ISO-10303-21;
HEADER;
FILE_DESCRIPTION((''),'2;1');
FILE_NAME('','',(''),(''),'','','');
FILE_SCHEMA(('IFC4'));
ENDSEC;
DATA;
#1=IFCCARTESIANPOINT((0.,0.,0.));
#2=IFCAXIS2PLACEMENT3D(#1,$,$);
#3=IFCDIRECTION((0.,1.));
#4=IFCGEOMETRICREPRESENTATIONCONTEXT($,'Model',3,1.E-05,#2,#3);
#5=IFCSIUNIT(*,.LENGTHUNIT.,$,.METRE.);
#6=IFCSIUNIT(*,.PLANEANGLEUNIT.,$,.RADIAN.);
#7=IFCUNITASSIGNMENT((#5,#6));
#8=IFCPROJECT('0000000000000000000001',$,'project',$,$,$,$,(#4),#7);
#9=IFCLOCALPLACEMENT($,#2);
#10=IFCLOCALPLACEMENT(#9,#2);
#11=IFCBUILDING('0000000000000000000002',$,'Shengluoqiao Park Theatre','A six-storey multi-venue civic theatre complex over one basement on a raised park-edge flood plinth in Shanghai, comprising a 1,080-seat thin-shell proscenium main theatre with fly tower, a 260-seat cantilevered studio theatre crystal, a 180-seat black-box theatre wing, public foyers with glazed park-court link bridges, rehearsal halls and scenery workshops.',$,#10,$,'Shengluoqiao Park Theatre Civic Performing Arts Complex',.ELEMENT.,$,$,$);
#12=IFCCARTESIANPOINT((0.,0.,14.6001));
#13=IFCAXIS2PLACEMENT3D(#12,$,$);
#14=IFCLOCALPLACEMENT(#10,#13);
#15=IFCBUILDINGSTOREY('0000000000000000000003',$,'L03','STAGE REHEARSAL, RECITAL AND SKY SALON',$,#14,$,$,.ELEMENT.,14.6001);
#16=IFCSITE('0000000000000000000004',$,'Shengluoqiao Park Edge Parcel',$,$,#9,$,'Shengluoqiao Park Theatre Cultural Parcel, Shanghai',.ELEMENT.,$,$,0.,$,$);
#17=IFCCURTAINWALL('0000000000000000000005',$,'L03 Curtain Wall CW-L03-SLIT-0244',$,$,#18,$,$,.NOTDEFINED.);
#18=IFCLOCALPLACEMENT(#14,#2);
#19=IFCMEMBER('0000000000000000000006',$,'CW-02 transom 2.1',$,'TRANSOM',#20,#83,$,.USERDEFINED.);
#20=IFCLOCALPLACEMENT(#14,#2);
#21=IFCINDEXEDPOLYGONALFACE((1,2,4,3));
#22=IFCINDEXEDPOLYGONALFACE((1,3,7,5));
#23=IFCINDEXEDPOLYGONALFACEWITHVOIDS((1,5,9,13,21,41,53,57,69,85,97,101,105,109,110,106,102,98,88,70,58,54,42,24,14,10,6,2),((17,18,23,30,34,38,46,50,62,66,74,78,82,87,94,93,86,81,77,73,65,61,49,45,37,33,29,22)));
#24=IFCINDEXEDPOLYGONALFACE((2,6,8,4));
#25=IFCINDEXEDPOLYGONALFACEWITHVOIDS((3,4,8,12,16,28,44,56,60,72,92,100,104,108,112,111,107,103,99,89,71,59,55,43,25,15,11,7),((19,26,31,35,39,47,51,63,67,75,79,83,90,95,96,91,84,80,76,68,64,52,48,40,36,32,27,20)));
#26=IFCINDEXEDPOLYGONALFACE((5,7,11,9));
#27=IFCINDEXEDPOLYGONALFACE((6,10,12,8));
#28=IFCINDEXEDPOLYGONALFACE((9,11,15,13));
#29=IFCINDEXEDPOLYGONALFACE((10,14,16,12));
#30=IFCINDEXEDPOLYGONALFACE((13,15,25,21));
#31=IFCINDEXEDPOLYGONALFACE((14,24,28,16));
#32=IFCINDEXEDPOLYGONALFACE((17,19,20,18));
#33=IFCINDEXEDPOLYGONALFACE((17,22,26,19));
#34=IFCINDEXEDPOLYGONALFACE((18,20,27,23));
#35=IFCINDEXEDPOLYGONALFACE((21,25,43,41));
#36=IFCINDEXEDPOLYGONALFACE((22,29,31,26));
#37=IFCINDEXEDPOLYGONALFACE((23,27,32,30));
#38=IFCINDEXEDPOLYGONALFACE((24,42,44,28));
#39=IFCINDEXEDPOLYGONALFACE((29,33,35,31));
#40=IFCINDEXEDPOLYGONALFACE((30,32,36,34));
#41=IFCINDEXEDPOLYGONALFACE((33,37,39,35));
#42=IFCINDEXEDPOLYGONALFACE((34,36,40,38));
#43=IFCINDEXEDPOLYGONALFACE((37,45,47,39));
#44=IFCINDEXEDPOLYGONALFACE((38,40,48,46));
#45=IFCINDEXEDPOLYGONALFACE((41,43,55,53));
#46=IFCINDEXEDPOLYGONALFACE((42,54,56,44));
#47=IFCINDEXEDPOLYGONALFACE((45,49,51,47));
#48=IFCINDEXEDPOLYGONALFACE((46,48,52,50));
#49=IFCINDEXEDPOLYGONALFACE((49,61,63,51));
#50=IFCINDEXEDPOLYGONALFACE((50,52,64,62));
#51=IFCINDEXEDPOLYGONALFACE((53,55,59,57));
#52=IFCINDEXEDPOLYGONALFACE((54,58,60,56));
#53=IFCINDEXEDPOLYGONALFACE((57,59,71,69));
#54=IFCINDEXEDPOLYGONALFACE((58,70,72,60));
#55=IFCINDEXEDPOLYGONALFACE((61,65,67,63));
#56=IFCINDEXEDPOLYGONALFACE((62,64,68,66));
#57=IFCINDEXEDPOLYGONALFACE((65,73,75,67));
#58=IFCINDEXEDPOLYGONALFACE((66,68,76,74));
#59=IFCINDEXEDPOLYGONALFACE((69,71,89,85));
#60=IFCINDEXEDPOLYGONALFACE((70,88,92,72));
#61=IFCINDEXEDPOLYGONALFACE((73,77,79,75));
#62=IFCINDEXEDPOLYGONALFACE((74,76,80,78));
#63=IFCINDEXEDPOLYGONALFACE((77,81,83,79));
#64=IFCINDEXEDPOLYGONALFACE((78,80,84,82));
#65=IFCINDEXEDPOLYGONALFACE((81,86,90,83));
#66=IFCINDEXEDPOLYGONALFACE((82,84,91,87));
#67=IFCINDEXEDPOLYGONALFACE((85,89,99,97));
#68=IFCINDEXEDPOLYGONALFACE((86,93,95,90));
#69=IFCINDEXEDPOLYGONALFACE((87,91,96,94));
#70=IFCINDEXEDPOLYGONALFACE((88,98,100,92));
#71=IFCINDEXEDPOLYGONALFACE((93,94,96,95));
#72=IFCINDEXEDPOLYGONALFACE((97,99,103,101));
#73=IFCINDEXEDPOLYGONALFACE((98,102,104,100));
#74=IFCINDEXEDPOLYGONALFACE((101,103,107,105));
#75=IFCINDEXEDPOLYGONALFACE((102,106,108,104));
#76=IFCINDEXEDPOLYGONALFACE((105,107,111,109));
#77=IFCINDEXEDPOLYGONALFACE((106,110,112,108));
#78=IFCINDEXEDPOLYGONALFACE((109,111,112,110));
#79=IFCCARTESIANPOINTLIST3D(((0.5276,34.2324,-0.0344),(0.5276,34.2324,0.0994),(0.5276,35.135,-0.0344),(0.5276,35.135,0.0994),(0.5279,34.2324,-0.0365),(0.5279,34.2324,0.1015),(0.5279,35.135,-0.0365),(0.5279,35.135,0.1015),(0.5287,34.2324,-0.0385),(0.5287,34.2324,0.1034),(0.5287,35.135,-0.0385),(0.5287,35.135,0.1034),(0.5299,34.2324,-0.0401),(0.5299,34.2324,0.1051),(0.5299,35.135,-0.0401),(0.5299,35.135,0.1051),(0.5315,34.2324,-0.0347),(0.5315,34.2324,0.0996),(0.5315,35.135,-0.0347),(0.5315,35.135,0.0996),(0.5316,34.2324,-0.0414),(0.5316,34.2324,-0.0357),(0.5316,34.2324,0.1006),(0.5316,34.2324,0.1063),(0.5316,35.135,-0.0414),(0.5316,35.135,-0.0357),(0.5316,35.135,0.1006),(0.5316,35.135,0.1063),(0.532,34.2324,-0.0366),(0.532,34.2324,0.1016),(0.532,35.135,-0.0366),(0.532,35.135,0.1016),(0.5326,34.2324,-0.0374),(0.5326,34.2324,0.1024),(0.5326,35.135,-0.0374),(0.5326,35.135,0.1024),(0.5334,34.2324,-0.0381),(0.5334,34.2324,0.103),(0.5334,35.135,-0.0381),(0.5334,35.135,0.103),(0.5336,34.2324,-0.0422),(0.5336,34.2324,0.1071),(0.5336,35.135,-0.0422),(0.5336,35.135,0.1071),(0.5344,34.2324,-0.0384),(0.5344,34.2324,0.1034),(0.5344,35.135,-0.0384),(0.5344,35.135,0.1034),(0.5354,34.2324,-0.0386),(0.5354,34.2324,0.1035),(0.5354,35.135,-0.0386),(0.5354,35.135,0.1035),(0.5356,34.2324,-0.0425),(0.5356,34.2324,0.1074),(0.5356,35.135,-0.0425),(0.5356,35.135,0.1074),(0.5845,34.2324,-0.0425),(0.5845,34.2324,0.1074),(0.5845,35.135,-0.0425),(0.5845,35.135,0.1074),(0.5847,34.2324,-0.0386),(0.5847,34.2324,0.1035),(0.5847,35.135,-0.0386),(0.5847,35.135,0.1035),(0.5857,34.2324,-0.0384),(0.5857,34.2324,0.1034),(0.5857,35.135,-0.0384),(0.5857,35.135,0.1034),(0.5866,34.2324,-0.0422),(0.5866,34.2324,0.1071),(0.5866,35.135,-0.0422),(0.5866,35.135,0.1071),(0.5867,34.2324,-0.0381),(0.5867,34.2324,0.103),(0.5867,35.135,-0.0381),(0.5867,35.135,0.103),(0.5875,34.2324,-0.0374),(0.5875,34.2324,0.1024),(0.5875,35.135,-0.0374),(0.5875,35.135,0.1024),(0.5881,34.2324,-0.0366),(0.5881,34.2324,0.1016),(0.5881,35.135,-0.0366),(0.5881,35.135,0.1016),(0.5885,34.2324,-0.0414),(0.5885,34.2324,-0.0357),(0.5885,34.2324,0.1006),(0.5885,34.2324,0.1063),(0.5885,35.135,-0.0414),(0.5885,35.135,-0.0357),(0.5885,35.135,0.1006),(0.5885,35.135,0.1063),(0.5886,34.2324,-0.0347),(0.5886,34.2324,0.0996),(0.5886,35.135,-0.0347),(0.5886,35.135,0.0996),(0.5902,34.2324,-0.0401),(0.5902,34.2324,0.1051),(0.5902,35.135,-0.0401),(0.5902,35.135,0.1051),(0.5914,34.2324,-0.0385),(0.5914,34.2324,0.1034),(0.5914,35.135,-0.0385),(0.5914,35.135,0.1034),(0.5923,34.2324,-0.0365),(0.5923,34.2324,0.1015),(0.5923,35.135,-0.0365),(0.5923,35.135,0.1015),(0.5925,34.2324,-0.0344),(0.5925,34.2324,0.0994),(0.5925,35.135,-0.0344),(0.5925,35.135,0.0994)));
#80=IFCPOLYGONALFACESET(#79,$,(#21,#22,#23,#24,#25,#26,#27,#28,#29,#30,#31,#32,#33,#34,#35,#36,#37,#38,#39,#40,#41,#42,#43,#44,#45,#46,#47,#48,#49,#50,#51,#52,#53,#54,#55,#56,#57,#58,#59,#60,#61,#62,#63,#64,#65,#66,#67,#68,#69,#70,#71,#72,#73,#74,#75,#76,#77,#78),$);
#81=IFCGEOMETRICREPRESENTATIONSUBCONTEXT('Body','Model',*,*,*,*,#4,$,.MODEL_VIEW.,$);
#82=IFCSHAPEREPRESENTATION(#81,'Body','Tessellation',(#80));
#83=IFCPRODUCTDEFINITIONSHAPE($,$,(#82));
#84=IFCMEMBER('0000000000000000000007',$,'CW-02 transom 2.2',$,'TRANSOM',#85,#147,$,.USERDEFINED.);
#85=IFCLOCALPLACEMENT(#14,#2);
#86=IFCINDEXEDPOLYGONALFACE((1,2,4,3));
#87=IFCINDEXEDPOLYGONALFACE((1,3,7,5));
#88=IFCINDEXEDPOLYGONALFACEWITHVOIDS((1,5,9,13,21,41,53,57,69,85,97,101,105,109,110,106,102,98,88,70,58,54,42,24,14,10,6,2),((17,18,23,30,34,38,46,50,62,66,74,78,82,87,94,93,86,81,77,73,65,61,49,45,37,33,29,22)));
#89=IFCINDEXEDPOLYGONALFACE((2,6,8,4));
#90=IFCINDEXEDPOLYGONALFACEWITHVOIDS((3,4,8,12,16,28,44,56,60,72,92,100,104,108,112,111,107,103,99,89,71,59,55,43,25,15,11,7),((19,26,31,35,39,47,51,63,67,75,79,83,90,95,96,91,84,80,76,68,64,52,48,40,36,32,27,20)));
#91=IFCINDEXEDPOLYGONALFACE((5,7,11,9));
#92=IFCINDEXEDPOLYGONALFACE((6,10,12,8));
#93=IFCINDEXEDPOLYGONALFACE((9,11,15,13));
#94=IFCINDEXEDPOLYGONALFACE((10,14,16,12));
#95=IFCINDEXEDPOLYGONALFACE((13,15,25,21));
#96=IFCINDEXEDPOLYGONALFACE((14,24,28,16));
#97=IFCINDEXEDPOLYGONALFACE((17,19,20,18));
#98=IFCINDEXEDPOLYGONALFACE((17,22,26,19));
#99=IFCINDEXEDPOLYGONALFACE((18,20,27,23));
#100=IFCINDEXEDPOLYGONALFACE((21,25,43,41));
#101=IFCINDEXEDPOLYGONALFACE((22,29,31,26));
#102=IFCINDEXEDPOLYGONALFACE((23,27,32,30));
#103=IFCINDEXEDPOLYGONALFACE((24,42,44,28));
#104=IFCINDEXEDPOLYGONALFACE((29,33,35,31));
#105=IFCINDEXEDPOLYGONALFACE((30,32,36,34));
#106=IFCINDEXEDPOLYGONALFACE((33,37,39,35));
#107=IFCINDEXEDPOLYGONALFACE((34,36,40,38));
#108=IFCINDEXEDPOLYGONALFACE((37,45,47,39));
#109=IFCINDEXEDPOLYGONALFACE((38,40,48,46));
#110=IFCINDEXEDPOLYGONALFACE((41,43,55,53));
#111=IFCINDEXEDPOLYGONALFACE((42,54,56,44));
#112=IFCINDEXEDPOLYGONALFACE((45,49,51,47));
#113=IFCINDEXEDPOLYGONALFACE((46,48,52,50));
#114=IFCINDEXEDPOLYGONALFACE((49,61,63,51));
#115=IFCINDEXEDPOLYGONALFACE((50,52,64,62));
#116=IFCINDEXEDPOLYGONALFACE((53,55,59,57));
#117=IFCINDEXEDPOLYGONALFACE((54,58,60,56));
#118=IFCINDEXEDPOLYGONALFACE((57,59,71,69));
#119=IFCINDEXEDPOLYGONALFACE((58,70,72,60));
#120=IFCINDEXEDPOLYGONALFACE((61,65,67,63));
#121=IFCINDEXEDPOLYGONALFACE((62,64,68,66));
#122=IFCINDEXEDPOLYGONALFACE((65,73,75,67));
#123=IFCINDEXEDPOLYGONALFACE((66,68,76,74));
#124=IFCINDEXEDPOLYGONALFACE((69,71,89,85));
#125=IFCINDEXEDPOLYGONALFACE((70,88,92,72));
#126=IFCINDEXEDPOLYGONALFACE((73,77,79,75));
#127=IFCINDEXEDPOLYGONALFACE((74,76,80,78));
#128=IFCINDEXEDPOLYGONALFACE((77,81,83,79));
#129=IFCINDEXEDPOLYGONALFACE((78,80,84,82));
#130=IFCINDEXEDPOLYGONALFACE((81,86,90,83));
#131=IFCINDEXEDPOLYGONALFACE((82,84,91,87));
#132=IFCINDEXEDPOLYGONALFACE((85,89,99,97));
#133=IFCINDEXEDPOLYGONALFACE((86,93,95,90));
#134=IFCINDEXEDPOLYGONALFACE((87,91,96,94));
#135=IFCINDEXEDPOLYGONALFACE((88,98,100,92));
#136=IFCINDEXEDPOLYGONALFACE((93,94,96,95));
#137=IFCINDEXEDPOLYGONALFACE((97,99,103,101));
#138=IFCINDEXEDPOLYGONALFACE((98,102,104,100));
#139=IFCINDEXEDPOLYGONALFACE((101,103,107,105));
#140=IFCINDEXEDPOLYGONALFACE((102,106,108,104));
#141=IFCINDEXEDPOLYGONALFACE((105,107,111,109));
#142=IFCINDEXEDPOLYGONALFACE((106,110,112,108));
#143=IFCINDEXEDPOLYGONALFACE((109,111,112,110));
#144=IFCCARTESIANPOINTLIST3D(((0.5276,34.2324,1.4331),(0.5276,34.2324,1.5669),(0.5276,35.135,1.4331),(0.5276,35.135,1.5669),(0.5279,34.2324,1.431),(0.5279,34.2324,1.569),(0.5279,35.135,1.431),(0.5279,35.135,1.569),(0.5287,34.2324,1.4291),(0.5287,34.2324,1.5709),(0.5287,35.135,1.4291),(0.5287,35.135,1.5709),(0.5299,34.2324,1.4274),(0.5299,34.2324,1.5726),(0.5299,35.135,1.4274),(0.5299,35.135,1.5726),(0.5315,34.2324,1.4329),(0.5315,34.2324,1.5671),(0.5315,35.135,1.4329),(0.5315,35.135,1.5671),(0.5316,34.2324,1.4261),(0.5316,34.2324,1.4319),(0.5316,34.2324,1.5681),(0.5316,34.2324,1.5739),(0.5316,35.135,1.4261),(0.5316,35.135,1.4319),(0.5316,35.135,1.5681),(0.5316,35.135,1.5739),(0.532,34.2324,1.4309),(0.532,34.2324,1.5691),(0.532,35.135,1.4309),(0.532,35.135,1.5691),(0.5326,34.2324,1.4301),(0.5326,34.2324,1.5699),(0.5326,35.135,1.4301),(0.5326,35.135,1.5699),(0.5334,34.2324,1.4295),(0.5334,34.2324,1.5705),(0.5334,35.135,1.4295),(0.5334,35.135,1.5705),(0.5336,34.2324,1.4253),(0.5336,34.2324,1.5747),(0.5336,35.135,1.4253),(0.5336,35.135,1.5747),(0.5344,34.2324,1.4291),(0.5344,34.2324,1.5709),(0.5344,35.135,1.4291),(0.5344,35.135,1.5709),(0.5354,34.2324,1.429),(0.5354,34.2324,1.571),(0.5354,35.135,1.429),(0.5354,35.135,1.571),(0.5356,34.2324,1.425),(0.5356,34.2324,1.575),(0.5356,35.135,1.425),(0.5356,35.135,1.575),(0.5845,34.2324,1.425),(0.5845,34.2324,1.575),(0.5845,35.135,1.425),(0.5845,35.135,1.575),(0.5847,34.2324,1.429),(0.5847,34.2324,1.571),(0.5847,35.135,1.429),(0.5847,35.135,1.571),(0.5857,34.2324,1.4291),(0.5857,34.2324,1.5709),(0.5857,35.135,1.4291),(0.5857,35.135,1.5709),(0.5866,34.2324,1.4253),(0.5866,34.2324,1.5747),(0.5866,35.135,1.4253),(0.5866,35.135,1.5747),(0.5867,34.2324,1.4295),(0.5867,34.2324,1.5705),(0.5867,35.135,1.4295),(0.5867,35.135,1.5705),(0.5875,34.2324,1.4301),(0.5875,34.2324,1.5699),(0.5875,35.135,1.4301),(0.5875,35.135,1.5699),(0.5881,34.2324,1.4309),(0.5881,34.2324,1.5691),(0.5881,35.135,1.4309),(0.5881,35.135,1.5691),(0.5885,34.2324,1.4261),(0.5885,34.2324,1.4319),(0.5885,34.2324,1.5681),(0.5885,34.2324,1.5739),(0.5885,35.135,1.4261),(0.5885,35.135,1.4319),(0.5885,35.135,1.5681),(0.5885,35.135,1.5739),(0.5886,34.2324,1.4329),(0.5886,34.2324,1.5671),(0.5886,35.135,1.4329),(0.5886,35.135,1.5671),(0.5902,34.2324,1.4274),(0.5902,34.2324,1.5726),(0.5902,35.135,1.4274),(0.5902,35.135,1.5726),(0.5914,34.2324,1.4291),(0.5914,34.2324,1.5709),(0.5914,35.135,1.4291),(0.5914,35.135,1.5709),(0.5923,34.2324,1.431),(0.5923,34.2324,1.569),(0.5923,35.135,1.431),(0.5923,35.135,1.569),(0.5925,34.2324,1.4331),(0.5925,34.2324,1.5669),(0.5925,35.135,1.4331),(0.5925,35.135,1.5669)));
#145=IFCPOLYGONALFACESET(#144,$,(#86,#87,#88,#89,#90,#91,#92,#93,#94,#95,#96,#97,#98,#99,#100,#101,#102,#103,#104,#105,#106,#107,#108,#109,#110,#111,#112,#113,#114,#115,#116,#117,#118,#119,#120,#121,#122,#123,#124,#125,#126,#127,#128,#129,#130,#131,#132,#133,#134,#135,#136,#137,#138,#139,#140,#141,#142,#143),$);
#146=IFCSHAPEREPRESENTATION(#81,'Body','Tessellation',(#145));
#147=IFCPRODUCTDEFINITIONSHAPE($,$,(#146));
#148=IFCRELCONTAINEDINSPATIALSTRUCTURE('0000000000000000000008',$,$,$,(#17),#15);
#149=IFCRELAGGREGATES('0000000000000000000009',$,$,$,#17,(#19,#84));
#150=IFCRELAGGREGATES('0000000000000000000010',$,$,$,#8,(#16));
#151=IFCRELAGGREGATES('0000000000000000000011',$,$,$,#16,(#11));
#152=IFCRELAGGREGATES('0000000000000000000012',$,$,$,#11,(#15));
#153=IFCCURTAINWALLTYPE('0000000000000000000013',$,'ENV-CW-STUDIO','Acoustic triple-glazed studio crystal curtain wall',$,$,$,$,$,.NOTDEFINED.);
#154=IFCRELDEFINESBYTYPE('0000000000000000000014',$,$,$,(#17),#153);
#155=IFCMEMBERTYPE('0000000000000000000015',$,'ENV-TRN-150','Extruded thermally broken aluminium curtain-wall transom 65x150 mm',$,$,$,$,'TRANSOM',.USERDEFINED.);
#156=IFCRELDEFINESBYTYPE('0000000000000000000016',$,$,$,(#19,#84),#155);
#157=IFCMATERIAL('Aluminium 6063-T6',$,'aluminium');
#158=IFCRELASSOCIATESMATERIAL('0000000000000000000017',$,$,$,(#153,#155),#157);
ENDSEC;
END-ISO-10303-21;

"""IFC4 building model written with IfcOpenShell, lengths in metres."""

from ifc_helpers import new_model, si_unit, direction, frame, origin, origin_2d, place, context, subcontext, project, spatial, hollow_rectangle, extrude, material, material_profile, profile_set, type_object, element, aggregate, save


model = new_model("IFC4")

# Units and contexts
model_context = context("Model", 3, precision=1e-05, world=origin(), true_north=direction((0.0, 1.0)))
body_context = subcontext(model_context, "Body", "Model", "MODEL_VIEW")
ifc_project = project(units=[si_unit("LENGTHUNIT", "METRE"), si_unit("PLANEANGLEUNIT", "RADIAN")], contexts=[model_context])

# Site, building, storey
site_placement = place(None, origin())
site = spatial("IfcSite", under=ifc_project, at=site_placement, Name="Shengluoqiao Park Edge Parcel", LongName="Shengluoqiao Park Theatre Cultural Parcel, Shanghai", CompositionType="ELEMENT", RefElevation=0.0)
building_placement = place(site_placement, origin())
building = spatial("IfcBuilding", under=site, at=building_placement, Name="Shengluoqiao Park Theatre", Description="A six-storey multi-venue civic theatre complex over one basement on a raised park-edge flood plinth in Shanghai, comprising a 1,080-seat thin-shell proscenium main theatre with fly tower, a 260-seat cantilevered studio theatre crystal, a 180-seat black-box theatre wing, public foyers with glazed park-court link bridges, rehearsal halls and scenery workshops.", LongName="Shengluoqiao Park Theatre Civic Performing Arts Complex", CompositionType="ELEMENT")
storey_placement = place(building_placement, frame((0.0, 0.0, 14.6001)))
storey = spatial("IfcBuildingStorey", under=building, at=storey_placement, Name="L03", Description="STAGE REHEARSAL, RECITAL AND SKY SALON", CompositionType="ELEMENT", Elevation=14.6001)

# Curtain wall
ifc_material_1 = material(Name="Aluminium 6063-T6", Category="aluminium")
curtain_wall_type = type_object("IfcCurtainWallType", Name="ENV-CW-STUDIO", Description="Acoustic triple-glazed studio crystal curtain wall", PredefinedType="NOTDEFINED", material=ifc_material_1)
curtain_wall_1_placement = place(storey_placement, origin())
curtain_wall_1 = element("IfcCurtainWall", 1, at=curtain_wall_1_placement, inside=storey, type_object=curtain_wall_type, Name="L03 Curtain Wall CW-L03-SLIT-0244", PredefinedType="NOTDEFINED")

# Members
ifc_material_profile_1 = material_profile(ifc_material_1, hollow_rectangle(XDim=0.0649, YDim=0.1499, WallThickness=0.0039, InnerFilletRadius=0.0039, OuterFilletRadius=0.0081, at=origin_2d()), Name="ALU TRANSOM 150x65x4")
ifc_profile_set_1 = profile_set([ifc_material_profile_1], Name="Aluminium 6063-T6")
member_type_1 = type_object("IfcMemberType", Name="ENV-TRN-150", Description="Extruded thermally broken aluminium curtain-wall transom 65x150 mm", ElementType="TRANSOM", PredefinedType="USERDEFINED", material=ifc_profile_set_1)
member_1_placement = place(storey_placement, frame((0.5601, 34.2324, 0.0325), z_axis=(0.0, 1.0, 0.0), x_axis=(-1.0, 0.0, 0.0)))
member_1 = element("IfcMember", 2, at=member_1_placement, type_object=member_type_1, Name="CW-02 transom 2.1", ObjectType="TRANSOM", PredefinedType="USERDEFINED", context=body_context, shape_type="SweptSolid", body=[
    extrude(hollow_rectangle(XDim=0.0649, YDim=0.1499, WallThickness=0.0039, InnerFilletRadius=0.0039, OuterFilletRadius=0.0081, at=origin_2d()), origin(), (0.0, 0.0, 1.0), 0.9026),
])
member_2_placement = place(storey_placement, frame((0.5601, 34.2324, 1.5), z_axis=(0.0, 1.0, 0.0), x_axis=(-1.0, 0.0, 0.0)))
member_2 = element("IfcMember", 3, at=member_2_placement, type_object=member_type_1, Name="CW-02 transom 2.2", ObjectType="TRANSOM", PredefinedType="USERDEFINED", context=body_context, shape_type="SweptSolid", body=[
    extrude(hollow_rectangle(XDim=0.0649, YDim=0.1499, WallThickness=0.0039, InnerFilletRadius=0.0039, OuterFilletRadius=0.0081, at=origin_2d()), origin(), (0.0, 0.0, 1.0), 0.9026),
])

aggregate(curtain_wall_1, [member_1, member_2])

save(model, "model.ifc")
